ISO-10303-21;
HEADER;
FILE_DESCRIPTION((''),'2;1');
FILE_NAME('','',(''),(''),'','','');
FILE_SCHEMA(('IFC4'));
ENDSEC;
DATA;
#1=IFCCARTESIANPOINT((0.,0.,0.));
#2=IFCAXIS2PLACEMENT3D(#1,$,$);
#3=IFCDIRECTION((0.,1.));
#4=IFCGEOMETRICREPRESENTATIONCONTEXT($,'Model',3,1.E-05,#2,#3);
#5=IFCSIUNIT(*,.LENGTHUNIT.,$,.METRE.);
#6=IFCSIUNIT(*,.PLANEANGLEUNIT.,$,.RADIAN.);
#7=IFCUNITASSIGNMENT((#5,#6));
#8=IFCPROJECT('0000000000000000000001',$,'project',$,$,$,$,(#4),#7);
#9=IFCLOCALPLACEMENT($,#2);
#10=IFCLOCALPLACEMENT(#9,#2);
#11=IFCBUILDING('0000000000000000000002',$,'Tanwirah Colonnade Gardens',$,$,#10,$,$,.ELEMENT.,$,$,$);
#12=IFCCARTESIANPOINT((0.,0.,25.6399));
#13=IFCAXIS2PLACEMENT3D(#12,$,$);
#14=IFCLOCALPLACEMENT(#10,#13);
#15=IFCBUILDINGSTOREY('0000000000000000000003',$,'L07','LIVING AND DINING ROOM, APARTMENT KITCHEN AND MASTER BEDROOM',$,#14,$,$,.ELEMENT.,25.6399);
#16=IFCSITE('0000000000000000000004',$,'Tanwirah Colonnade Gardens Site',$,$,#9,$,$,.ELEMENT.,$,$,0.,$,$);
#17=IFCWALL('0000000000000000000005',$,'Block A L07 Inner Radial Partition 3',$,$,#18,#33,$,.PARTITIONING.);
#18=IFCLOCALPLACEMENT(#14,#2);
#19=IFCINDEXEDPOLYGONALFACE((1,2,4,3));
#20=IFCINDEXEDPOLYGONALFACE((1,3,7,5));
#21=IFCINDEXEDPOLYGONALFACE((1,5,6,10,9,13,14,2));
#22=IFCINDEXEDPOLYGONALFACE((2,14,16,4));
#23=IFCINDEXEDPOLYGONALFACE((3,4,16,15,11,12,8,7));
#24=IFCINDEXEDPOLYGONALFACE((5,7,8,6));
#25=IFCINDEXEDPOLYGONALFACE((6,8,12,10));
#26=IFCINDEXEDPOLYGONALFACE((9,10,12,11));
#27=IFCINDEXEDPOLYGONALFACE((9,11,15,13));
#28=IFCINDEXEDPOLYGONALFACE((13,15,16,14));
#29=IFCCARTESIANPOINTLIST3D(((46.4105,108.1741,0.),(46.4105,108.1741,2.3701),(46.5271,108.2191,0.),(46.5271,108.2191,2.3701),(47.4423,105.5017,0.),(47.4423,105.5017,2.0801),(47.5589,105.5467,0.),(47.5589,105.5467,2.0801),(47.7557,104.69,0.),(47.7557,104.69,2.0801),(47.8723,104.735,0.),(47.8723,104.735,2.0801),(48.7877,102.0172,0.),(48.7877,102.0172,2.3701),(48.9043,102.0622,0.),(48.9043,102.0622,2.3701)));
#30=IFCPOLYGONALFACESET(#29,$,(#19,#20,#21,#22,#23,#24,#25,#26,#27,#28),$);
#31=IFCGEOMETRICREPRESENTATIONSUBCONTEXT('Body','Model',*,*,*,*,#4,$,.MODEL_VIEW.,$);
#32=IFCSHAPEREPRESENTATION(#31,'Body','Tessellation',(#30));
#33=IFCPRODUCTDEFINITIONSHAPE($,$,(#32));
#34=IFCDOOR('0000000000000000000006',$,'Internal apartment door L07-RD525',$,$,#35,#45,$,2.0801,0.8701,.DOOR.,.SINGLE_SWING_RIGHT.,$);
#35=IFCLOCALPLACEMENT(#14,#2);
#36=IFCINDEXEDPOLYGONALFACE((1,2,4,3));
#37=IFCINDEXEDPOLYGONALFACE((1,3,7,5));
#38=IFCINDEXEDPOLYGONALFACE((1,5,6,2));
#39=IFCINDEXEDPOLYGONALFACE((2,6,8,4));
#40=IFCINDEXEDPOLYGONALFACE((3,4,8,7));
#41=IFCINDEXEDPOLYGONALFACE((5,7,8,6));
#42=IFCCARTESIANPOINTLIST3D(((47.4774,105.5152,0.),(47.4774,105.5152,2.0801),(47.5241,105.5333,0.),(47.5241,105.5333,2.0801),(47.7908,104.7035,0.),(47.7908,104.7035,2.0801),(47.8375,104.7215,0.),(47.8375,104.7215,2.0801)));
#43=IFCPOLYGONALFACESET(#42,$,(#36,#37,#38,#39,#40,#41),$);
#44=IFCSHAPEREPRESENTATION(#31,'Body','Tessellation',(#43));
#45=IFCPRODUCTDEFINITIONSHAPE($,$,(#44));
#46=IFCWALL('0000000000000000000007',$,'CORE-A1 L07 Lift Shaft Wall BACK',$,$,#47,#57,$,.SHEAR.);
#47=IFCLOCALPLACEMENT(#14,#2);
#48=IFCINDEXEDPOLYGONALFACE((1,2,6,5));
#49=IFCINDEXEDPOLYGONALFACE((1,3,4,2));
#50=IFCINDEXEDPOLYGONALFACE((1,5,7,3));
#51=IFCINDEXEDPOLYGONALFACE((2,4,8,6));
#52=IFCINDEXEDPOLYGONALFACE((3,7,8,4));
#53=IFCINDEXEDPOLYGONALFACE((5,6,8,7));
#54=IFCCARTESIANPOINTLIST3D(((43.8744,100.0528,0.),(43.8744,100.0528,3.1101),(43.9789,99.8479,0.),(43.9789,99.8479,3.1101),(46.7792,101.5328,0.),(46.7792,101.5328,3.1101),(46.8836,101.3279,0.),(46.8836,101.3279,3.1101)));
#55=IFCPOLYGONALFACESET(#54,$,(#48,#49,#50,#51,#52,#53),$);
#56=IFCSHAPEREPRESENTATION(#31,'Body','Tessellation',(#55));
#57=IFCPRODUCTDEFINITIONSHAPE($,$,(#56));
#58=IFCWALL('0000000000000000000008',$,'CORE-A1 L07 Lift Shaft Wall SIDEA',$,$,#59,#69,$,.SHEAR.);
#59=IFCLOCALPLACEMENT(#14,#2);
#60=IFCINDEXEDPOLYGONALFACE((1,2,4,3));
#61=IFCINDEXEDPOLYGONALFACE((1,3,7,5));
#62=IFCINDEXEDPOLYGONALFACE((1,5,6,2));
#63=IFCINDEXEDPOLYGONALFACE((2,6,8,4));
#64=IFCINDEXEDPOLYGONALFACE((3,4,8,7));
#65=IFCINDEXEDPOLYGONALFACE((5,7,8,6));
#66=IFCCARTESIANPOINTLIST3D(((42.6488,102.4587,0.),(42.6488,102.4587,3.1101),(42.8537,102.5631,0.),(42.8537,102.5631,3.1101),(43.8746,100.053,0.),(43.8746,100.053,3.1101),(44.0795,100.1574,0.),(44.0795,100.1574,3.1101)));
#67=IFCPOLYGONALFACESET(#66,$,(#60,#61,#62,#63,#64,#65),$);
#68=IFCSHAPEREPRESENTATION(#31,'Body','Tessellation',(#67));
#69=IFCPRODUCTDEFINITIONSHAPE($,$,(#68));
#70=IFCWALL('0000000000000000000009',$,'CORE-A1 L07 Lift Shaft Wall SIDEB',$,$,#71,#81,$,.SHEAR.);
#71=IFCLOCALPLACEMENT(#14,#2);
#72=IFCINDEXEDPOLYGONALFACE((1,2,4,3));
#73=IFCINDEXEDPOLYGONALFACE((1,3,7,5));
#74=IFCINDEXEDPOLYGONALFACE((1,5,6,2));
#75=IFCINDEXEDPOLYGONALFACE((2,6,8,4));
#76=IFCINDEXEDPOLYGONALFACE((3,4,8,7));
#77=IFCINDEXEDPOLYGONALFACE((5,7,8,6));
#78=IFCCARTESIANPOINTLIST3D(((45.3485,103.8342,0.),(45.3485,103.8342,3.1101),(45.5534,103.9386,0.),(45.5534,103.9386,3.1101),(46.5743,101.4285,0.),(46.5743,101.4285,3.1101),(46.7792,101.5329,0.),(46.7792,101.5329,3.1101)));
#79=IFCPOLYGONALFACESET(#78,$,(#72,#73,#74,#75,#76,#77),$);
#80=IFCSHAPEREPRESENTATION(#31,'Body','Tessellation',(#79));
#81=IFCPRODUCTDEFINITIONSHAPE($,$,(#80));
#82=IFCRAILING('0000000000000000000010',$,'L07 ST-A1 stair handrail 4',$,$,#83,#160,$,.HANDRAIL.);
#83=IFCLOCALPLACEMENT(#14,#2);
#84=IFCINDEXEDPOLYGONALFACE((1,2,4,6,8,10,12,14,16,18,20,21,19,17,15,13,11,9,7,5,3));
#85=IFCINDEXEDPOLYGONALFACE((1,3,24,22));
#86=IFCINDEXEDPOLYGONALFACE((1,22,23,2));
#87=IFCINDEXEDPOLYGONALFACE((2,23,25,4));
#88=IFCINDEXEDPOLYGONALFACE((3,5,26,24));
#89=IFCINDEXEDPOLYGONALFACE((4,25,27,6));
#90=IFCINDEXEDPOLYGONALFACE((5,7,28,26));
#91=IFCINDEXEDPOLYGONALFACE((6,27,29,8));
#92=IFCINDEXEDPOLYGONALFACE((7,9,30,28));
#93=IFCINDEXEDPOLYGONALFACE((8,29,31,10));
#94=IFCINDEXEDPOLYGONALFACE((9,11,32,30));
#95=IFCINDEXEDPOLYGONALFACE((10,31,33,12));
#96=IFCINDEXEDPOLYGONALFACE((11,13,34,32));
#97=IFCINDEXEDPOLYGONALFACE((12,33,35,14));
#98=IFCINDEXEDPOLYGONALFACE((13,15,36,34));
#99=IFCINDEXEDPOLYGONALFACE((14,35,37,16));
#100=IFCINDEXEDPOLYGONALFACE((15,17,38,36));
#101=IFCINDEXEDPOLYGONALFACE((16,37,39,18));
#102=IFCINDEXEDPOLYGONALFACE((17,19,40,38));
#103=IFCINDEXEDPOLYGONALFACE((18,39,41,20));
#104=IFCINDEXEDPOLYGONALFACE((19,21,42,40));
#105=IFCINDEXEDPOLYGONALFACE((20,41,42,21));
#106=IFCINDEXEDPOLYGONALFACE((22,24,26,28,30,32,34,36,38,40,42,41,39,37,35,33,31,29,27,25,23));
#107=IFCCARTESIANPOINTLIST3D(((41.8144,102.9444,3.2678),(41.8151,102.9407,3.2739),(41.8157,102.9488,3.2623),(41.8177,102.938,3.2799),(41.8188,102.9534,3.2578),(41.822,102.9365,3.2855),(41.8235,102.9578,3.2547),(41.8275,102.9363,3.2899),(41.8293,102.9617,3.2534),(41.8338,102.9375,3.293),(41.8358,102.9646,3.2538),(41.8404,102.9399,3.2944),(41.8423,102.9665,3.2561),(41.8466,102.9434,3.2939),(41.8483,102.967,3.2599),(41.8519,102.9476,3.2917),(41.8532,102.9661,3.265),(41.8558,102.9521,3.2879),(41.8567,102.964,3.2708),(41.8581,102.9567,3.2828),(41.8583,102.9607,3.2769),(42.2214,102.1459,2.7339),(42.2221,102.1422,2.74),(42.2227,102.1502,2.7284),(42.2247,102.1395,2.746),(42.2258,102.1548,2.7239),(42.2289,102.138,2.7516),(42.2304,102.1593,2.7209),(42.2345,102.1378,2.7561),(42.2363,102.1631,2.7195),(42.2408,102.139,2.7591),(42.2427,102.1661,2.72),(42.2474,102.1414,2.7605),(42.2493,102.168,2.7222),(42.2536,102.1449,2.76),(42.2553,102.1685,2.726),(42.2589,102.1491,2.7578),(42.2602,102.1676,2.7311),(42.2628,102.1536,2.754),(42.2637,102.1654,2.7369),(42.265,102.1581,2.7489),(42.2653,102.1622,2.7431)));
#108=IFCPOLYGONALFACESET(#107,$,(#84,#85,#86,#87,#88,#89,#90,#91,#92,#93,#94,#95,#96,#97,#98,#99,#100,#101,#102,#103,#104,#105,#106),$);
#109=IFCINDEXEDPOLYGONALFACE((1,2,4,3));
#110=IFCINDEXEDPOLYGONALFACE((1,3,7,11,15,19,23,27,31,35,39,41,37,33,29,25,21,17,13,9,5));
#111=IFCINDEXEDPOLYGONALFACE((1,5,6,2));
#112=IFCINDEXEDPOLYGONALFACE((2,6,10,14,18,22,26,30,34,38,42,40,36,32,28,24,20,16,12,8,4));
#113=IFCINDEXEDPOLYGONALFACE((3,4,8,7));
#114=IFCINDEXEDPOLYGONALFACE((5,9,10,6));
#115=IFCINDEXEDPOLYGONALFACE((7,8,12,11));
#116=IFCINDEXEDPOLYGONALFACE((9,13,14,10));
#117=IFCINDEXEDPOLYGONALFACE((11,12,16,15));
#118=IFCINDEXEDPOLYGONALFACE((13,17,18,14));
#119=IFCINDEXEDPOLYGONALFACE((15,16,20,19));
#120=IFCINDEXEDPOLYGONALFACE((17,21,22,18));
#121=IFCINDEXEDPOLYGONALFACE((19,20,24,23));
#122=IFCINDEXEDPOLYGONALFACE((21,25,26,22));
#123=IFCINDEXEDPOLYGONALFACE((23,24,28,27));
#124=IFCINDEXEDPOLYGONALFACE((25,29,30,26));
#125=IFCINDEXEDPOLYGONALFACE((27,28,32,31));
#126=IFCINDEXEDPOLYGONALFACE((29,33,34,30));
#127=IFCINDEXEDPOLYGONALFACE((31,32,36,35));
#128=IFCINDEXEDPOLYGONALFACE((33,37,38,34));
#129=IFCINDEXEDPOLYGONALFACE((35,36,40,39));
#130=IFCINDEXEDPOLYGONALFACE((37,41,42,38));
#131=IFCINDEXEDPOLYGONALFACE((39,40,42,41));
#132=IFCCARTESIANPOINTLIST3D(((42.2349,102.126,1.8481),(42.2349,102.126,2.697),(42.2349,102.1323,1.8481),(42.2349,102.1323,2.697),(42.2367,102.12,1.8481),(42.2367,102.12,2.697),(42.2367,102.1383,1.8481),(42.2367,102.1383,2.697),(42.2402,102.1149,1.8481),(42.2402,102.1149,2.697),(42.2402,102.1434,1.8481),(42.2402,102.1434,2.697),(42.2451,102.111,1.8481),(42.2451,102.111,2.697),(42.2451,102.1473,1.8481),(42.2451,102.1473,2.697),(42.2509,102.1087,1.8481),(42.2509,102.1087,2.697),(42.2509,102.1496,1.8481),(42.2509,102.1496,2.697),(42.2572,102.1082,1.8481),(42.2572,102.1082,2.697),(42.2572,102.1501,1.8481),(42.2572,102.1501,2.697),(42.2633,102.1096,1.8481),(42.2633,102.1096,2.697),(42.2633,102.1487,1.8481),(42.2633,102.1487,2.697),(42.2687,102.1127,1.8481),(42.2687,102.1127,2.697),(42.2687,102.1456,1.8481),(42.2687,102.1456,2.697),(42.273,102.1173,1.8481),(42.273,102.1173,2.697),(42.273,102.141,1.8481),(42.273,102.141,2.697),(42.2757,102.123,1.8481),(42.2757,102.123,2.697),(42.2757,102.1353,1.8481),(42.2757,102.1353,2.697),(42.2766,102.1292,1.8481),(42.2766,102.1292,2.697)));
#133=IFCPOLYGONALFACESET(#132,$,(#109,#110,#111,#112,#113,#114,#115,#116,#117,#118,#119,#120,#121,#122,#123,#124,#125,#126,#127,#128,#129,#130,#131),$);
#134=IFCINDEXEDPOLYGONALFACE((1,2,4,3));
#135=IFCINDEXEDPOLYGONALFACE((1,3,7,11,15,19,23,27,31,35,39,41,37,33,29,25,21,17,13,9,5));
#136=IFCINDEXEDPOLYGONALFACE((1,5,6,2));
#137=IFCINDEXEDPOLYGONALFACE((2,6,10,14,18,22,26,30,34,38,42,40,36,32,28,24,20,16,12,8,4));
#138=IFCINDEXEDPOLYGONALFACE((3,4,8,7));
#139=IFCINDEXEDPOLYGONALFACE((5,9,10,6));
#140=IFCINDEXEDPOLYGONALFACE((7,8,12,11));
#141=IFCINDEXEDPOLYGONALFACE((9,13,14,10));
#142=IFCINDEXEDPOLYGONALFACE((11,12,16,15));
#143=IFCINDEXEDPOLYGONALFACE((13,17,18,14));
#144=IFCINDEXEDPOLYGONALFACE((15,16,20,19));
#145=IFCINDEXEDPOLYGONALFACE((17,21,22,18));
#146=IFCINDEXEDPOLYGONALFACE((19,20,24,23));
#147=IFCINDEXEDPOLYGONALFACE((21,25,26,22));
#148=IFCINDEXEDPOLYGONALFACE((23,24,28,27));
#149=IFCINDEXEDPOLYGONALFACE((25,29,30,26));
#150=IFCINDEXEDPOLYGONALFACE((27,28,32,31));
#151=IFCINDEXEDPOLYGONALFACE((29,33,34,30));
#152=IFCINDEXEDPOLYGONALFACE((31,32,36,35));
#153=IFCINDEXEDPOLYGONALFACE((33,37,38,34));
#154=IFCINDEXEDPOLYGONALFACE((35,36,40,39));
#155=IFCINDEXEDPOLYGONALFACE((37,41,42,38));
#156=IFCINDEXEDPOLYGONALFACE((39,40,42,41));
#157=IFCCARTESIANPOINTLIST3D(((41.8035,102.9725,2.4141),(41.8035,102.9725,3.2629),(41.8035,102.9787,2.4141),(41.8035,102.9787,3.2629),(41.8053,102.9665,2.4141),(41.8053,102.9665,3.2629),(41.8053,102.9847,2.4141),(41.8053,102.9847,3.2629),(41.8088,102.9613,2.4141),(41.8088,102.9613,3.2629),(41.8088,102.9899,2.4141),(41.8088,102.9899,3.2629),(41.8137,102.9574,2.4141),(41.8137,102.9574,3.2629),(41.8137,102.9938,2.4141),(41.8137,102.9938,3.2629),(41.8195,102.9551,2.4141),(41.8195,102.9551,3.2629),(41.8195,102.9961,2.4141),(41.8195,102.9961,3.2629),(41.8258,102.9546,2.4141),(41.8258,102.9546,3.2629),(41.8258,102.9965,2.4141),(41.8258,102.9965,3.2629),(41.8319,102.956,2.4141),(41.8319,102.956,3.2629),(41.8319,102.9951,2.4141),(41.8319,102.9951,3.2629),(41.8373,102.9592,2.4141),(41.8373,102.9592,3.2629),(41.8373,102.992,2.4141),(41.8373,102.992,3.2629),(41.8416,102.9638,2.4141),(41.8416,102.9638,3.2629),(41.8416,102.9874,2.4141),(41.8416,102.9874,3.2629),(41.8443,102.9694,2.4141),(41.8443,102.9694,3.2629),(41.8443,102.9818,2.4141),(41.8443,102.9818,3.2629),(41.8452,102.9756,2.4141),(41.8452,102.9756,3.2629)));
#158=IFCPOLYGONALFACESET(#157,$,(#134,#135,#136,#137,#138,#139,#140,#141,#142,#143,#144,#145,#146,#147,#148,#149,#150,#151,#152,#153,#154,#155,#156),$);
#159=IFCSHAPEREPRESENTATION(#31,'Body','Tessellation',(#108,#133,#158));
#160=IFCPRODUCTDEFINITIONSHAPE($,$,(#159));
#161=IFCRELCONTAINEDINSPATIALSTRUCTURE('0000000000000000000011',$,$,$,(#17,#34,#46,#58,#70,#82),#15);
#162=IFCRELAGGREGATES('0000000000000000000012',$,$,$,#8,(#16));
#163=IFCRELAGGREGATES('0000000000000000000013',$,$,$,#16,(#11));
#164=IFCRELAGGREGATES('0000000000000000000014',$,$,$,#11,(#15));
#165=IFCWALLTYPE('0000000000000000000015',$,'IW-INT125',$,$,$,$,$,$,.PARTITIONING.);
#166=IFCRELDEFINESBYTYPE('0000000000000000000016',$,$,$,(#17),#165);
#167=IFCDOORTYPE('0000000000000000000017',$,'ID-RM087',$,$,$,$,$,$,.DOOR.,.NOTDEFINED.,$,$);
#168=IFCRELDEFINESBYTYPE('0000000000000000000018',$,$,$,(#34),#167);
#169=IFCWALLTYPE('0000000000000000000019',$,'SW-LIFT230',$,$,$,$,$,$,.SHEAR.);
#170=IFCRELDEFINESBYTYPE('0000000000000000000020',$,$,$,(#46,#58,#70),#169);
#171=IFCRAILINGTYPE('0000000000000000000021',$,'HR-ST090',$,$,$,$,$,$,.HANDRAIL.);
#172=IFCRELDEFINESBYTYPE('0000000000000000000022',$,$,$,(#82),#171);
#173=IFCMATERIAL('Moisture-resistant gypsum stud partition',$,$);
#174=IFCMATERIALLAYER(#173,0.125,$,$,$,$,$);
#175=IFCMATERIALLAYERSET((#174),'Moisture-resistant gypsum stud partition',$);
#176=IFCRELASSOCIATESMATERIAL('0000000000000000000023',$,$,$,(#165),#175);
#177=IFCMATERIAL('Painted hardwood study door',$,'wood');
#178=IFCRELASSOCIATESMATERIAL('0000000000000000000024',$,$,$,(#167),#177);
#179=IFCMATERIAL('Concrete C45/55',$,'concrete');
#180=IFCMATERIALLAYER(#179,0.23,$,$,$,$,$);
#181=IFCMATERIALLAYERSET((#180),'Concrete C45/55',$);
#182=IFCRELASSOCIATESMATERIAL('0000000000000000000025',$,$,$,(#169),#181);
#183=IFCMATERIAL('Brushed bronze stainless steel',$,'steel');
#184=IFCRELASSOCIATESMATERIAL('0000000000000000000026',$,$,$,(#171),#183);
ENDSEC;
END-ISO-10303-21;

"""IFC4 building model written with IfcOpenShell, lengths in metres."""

from ifc_helpers import new_model, si_unit, direction, frame, frame_2d, origin, origin_2d, place, context, subcontext, project, spatial, rectangle, circle, extrude, material, layer, layer_set, type_object, element, fill, save


model = new_model("IFC4")

# Units and contexts
model_context = context("Model", 3, precision=1e-05, world=origin(), true_north=direction((0.0, 1.0)))
body_context = subcontext(model_context, "Body", "Model", "MODEL_VIEW")
ifc_project = project(units=[si_unit("LENGTHUNIT", "METRE"), si_unit("PLANEANGLEUNIT", "RADIAN")], contexts=[model_context])

# Site, building, storey
site_placement = place(None, origin())
site = spatial("IfcSite", under=ifc_project, at=site_placement, Name="Tanwirah Colonnade Gardens Site", CompositionType="ELEMENT", RefElevation=0.0)
building_placement = place(site_placement, origin())
building = spatial("IfcBuilding", under=site, at=building_placement, Name="Tanwirah Colonnade Gardens", CompositionType="ELEMENT")
storey_placement = place(building_placement, frame((0.0, 0.0, 25.6399)))
storey = spatial("IfcBuildingStorey", under=building, at=storey_placement, Name="L07", Description="LIVING AND DINING ROOM, APARTMENT KITCHEN AND MASTER BEDROOM", CompositionType="ELEMENT", Elevation=25.6399)

# Wall, opening, door
ifc_material_1 = material(Name="Moisture-resistant gypsum stud partition")
ifc_layer_1 = layer(ifc_material_1, 0.125)
ifc_layer_set_1 = layer_set([ifc_layer_1], Name="Moisture-resistant gypsum stud partition")
wall_type_1 = type_object("IfcWallType", Name="IW-INT125", PredefinedType="PARTITIONING", material=ifc_layer_set_1)
wall_1_placement = place(storey_placement, frame((48.8459, 102.0398, 0.0), z_axis=(0.0, 0.0, 1.0), x_axis=(-0.360183, 0.932881, 0.0)))
wall_1 = element("IfcWall", 1, at=wall_1_placement, inside=storey, type_object=wall_type_1, Name="Block A L07 Inner Radial Partition 3", PredefinedType="PARTITIONING", context=body_context, shape_type="SweptSolid", body=[
    extrude(rectangle(XDim=6.5999, YDim=0.125, at=frame_2d((3.2998, 0.0))), origin(), (0.0, 0.0, 1.0), 2.3701),
])
opening_1_placement = place(wall_1_placement, frame((2.865, 0.0, 0.0)))
opening_1 = element("IfcOpeningElement", 2, at=opening_1_placement, cuts=wall_1, PredefinedType="OPENING", context=body_context, shape_type="SweptSolid", body=[
    extrude(rectangle(XDim=0.8701, YDim=2.0801, at=frame_2d((0.4351, 1.04))), frame((0.0, 0.0725, 0.0), z_axis=(0.0, -1.0, 0.0), x_axis=(1.0, 0.0, 0.0)), (0.0, 0.0, 1.0), 0.145),
])
ifc_material_2 = material(Name="Painted hardwood study door", Category="wood")
door_type_1 = type_object("IfcDoorType", Name="ID-RM087", OperationType="NOTDEFINED", PredefinedType="DOOR", material=ifc_material_2)
door_1_placement = place(opening_1_placement, origin())
door_1 = element("IfcDoor", 3, at=door_1_placement, inside=storey, type_object=door_type_1, Name="Internal apartment door L07-RD525", OperationType="SINGLE_SWING_RIGHT", OverallHeight=2.0801, OverallWidth=0.8701, PredefinedType="DOOR", context=body_context, shape_type="SweptSolid", body=[
    extrude(rectangle(XDim=0.8701, YDim=2.0801, at=frame_2d((0.4351, 1.04))), frame((0.0, 0.0249, 0.0), z_axis=(0.0, -1.0, 0.0), x_axis=(1.0, 0.0, 0.0)), (0.0, 0.0, 1.0), 0.05),
])
fill(opening_1, door_1)
ifc_material_3 = material(Name="Concrete C45/55", Category="concrete")
ifc_layer_2 = layer(ifc_material_3, 0.23)
ifc_layer_set_2 = layer_set([ifc_layer_2], Name="Concrete C45/55")
wall_type_2 = type_object("IfcWallType", Name="SW-LIFT230", PredefinedType="SHEAR", material=ifc_layer_set_2)

# Walls
wall_2_placement = place(storey_placement, frame((43.9268, 99.9504, 0.0), z_axis=(0.0, 0.0, 1.0), x_axis=(0.891017, 0.453971, 0.0)))
element("IfcWall", 4, at=wall_2_placement, inside=storey, type_object=wall_type_2, Name="CORE-A1 L07 Lift Shaft Wall BACK", PredefinedType="SHEAR", context=body_context, shape_type="SweptSolid", body=[
    extrude(rectangle(XDim=3.26, YDim=0.23, at=frame_2d((1.6299, 0.0))), origin(), (0.0, 0.0, 1.0), 3.1101),
])
for number, where, z_axis, x_axis, name in (
    (5, (42.7512, 102.511, 0.0), (0.0, 0.0, 1.0), (0.454, -0.891002, 0.0), "CORE-A1 L07 Lift Shaft Wall SIDEA"),
    (6, (45.4509, 103.8865, 0.0), (0.0, 0.0, 1.0), (0.454, -0.891002, 0.0), "CORE-A1 L07 Lift Shaft Wall SIDEB"),
):
    element("IfcWall", number, at=place(storey_placement, frame(where, z_axis=z_axis, x_axis=x_axis)), inside=storey, type_object=wall_type_2, Name=name, PredefinedType="SHEAR", context=body_context, shape_type="SweptSolid", body=[
        extrude(rectangle(XDim=2.7, YDim=0.23, at=frame_2d((1.3501, 0.0))), origin(), (0.0, 0.0, 1.0), 3.1101),
    ])

# Railing
ifc_material_4 = material(Name="Brushed bronze stainless steel", Category="steel")
railing_type_1 = type_object("IfcRailingType", Name="HR-ST090", PredefinedType="HANDRAIL", material=ifc_material_4)
railing_1_placement = place(storey_placement, frame((42.2556, 102.1292, 1.8481)))
element("IfcRailing", 7, at=railing_1_placement, inside=storey, type_object=railing_type_1, Name="L07 ST-A1 stair handrail 4", PredefinedType="HANDRAIL", context=body_context, shape_type="SweptSolid", body=[
    extrude(circle(Radius=0.0239, at=origin_2d()), frame((-0.0122, 0.0239, 0.8918), z_axis=(-0.390118, 0.765443, 0.511767), x_axis=(-0.890957, -0.454087, 0.0)), (0.0, 0.0, 1.0), 1.0432),
    extrude(circle(Radius=0.021, at=origin_2d()), origin(), (0.0, 0.0, 1.0), 0.8489),
    extrude(circle(Radius=0.021, at=origin_2d()), frame((-0.4314, 0.8464, 0.5659)), (0.0, 0.0, 1.0), 0.8489),
])

save(model, "model.ifc")
